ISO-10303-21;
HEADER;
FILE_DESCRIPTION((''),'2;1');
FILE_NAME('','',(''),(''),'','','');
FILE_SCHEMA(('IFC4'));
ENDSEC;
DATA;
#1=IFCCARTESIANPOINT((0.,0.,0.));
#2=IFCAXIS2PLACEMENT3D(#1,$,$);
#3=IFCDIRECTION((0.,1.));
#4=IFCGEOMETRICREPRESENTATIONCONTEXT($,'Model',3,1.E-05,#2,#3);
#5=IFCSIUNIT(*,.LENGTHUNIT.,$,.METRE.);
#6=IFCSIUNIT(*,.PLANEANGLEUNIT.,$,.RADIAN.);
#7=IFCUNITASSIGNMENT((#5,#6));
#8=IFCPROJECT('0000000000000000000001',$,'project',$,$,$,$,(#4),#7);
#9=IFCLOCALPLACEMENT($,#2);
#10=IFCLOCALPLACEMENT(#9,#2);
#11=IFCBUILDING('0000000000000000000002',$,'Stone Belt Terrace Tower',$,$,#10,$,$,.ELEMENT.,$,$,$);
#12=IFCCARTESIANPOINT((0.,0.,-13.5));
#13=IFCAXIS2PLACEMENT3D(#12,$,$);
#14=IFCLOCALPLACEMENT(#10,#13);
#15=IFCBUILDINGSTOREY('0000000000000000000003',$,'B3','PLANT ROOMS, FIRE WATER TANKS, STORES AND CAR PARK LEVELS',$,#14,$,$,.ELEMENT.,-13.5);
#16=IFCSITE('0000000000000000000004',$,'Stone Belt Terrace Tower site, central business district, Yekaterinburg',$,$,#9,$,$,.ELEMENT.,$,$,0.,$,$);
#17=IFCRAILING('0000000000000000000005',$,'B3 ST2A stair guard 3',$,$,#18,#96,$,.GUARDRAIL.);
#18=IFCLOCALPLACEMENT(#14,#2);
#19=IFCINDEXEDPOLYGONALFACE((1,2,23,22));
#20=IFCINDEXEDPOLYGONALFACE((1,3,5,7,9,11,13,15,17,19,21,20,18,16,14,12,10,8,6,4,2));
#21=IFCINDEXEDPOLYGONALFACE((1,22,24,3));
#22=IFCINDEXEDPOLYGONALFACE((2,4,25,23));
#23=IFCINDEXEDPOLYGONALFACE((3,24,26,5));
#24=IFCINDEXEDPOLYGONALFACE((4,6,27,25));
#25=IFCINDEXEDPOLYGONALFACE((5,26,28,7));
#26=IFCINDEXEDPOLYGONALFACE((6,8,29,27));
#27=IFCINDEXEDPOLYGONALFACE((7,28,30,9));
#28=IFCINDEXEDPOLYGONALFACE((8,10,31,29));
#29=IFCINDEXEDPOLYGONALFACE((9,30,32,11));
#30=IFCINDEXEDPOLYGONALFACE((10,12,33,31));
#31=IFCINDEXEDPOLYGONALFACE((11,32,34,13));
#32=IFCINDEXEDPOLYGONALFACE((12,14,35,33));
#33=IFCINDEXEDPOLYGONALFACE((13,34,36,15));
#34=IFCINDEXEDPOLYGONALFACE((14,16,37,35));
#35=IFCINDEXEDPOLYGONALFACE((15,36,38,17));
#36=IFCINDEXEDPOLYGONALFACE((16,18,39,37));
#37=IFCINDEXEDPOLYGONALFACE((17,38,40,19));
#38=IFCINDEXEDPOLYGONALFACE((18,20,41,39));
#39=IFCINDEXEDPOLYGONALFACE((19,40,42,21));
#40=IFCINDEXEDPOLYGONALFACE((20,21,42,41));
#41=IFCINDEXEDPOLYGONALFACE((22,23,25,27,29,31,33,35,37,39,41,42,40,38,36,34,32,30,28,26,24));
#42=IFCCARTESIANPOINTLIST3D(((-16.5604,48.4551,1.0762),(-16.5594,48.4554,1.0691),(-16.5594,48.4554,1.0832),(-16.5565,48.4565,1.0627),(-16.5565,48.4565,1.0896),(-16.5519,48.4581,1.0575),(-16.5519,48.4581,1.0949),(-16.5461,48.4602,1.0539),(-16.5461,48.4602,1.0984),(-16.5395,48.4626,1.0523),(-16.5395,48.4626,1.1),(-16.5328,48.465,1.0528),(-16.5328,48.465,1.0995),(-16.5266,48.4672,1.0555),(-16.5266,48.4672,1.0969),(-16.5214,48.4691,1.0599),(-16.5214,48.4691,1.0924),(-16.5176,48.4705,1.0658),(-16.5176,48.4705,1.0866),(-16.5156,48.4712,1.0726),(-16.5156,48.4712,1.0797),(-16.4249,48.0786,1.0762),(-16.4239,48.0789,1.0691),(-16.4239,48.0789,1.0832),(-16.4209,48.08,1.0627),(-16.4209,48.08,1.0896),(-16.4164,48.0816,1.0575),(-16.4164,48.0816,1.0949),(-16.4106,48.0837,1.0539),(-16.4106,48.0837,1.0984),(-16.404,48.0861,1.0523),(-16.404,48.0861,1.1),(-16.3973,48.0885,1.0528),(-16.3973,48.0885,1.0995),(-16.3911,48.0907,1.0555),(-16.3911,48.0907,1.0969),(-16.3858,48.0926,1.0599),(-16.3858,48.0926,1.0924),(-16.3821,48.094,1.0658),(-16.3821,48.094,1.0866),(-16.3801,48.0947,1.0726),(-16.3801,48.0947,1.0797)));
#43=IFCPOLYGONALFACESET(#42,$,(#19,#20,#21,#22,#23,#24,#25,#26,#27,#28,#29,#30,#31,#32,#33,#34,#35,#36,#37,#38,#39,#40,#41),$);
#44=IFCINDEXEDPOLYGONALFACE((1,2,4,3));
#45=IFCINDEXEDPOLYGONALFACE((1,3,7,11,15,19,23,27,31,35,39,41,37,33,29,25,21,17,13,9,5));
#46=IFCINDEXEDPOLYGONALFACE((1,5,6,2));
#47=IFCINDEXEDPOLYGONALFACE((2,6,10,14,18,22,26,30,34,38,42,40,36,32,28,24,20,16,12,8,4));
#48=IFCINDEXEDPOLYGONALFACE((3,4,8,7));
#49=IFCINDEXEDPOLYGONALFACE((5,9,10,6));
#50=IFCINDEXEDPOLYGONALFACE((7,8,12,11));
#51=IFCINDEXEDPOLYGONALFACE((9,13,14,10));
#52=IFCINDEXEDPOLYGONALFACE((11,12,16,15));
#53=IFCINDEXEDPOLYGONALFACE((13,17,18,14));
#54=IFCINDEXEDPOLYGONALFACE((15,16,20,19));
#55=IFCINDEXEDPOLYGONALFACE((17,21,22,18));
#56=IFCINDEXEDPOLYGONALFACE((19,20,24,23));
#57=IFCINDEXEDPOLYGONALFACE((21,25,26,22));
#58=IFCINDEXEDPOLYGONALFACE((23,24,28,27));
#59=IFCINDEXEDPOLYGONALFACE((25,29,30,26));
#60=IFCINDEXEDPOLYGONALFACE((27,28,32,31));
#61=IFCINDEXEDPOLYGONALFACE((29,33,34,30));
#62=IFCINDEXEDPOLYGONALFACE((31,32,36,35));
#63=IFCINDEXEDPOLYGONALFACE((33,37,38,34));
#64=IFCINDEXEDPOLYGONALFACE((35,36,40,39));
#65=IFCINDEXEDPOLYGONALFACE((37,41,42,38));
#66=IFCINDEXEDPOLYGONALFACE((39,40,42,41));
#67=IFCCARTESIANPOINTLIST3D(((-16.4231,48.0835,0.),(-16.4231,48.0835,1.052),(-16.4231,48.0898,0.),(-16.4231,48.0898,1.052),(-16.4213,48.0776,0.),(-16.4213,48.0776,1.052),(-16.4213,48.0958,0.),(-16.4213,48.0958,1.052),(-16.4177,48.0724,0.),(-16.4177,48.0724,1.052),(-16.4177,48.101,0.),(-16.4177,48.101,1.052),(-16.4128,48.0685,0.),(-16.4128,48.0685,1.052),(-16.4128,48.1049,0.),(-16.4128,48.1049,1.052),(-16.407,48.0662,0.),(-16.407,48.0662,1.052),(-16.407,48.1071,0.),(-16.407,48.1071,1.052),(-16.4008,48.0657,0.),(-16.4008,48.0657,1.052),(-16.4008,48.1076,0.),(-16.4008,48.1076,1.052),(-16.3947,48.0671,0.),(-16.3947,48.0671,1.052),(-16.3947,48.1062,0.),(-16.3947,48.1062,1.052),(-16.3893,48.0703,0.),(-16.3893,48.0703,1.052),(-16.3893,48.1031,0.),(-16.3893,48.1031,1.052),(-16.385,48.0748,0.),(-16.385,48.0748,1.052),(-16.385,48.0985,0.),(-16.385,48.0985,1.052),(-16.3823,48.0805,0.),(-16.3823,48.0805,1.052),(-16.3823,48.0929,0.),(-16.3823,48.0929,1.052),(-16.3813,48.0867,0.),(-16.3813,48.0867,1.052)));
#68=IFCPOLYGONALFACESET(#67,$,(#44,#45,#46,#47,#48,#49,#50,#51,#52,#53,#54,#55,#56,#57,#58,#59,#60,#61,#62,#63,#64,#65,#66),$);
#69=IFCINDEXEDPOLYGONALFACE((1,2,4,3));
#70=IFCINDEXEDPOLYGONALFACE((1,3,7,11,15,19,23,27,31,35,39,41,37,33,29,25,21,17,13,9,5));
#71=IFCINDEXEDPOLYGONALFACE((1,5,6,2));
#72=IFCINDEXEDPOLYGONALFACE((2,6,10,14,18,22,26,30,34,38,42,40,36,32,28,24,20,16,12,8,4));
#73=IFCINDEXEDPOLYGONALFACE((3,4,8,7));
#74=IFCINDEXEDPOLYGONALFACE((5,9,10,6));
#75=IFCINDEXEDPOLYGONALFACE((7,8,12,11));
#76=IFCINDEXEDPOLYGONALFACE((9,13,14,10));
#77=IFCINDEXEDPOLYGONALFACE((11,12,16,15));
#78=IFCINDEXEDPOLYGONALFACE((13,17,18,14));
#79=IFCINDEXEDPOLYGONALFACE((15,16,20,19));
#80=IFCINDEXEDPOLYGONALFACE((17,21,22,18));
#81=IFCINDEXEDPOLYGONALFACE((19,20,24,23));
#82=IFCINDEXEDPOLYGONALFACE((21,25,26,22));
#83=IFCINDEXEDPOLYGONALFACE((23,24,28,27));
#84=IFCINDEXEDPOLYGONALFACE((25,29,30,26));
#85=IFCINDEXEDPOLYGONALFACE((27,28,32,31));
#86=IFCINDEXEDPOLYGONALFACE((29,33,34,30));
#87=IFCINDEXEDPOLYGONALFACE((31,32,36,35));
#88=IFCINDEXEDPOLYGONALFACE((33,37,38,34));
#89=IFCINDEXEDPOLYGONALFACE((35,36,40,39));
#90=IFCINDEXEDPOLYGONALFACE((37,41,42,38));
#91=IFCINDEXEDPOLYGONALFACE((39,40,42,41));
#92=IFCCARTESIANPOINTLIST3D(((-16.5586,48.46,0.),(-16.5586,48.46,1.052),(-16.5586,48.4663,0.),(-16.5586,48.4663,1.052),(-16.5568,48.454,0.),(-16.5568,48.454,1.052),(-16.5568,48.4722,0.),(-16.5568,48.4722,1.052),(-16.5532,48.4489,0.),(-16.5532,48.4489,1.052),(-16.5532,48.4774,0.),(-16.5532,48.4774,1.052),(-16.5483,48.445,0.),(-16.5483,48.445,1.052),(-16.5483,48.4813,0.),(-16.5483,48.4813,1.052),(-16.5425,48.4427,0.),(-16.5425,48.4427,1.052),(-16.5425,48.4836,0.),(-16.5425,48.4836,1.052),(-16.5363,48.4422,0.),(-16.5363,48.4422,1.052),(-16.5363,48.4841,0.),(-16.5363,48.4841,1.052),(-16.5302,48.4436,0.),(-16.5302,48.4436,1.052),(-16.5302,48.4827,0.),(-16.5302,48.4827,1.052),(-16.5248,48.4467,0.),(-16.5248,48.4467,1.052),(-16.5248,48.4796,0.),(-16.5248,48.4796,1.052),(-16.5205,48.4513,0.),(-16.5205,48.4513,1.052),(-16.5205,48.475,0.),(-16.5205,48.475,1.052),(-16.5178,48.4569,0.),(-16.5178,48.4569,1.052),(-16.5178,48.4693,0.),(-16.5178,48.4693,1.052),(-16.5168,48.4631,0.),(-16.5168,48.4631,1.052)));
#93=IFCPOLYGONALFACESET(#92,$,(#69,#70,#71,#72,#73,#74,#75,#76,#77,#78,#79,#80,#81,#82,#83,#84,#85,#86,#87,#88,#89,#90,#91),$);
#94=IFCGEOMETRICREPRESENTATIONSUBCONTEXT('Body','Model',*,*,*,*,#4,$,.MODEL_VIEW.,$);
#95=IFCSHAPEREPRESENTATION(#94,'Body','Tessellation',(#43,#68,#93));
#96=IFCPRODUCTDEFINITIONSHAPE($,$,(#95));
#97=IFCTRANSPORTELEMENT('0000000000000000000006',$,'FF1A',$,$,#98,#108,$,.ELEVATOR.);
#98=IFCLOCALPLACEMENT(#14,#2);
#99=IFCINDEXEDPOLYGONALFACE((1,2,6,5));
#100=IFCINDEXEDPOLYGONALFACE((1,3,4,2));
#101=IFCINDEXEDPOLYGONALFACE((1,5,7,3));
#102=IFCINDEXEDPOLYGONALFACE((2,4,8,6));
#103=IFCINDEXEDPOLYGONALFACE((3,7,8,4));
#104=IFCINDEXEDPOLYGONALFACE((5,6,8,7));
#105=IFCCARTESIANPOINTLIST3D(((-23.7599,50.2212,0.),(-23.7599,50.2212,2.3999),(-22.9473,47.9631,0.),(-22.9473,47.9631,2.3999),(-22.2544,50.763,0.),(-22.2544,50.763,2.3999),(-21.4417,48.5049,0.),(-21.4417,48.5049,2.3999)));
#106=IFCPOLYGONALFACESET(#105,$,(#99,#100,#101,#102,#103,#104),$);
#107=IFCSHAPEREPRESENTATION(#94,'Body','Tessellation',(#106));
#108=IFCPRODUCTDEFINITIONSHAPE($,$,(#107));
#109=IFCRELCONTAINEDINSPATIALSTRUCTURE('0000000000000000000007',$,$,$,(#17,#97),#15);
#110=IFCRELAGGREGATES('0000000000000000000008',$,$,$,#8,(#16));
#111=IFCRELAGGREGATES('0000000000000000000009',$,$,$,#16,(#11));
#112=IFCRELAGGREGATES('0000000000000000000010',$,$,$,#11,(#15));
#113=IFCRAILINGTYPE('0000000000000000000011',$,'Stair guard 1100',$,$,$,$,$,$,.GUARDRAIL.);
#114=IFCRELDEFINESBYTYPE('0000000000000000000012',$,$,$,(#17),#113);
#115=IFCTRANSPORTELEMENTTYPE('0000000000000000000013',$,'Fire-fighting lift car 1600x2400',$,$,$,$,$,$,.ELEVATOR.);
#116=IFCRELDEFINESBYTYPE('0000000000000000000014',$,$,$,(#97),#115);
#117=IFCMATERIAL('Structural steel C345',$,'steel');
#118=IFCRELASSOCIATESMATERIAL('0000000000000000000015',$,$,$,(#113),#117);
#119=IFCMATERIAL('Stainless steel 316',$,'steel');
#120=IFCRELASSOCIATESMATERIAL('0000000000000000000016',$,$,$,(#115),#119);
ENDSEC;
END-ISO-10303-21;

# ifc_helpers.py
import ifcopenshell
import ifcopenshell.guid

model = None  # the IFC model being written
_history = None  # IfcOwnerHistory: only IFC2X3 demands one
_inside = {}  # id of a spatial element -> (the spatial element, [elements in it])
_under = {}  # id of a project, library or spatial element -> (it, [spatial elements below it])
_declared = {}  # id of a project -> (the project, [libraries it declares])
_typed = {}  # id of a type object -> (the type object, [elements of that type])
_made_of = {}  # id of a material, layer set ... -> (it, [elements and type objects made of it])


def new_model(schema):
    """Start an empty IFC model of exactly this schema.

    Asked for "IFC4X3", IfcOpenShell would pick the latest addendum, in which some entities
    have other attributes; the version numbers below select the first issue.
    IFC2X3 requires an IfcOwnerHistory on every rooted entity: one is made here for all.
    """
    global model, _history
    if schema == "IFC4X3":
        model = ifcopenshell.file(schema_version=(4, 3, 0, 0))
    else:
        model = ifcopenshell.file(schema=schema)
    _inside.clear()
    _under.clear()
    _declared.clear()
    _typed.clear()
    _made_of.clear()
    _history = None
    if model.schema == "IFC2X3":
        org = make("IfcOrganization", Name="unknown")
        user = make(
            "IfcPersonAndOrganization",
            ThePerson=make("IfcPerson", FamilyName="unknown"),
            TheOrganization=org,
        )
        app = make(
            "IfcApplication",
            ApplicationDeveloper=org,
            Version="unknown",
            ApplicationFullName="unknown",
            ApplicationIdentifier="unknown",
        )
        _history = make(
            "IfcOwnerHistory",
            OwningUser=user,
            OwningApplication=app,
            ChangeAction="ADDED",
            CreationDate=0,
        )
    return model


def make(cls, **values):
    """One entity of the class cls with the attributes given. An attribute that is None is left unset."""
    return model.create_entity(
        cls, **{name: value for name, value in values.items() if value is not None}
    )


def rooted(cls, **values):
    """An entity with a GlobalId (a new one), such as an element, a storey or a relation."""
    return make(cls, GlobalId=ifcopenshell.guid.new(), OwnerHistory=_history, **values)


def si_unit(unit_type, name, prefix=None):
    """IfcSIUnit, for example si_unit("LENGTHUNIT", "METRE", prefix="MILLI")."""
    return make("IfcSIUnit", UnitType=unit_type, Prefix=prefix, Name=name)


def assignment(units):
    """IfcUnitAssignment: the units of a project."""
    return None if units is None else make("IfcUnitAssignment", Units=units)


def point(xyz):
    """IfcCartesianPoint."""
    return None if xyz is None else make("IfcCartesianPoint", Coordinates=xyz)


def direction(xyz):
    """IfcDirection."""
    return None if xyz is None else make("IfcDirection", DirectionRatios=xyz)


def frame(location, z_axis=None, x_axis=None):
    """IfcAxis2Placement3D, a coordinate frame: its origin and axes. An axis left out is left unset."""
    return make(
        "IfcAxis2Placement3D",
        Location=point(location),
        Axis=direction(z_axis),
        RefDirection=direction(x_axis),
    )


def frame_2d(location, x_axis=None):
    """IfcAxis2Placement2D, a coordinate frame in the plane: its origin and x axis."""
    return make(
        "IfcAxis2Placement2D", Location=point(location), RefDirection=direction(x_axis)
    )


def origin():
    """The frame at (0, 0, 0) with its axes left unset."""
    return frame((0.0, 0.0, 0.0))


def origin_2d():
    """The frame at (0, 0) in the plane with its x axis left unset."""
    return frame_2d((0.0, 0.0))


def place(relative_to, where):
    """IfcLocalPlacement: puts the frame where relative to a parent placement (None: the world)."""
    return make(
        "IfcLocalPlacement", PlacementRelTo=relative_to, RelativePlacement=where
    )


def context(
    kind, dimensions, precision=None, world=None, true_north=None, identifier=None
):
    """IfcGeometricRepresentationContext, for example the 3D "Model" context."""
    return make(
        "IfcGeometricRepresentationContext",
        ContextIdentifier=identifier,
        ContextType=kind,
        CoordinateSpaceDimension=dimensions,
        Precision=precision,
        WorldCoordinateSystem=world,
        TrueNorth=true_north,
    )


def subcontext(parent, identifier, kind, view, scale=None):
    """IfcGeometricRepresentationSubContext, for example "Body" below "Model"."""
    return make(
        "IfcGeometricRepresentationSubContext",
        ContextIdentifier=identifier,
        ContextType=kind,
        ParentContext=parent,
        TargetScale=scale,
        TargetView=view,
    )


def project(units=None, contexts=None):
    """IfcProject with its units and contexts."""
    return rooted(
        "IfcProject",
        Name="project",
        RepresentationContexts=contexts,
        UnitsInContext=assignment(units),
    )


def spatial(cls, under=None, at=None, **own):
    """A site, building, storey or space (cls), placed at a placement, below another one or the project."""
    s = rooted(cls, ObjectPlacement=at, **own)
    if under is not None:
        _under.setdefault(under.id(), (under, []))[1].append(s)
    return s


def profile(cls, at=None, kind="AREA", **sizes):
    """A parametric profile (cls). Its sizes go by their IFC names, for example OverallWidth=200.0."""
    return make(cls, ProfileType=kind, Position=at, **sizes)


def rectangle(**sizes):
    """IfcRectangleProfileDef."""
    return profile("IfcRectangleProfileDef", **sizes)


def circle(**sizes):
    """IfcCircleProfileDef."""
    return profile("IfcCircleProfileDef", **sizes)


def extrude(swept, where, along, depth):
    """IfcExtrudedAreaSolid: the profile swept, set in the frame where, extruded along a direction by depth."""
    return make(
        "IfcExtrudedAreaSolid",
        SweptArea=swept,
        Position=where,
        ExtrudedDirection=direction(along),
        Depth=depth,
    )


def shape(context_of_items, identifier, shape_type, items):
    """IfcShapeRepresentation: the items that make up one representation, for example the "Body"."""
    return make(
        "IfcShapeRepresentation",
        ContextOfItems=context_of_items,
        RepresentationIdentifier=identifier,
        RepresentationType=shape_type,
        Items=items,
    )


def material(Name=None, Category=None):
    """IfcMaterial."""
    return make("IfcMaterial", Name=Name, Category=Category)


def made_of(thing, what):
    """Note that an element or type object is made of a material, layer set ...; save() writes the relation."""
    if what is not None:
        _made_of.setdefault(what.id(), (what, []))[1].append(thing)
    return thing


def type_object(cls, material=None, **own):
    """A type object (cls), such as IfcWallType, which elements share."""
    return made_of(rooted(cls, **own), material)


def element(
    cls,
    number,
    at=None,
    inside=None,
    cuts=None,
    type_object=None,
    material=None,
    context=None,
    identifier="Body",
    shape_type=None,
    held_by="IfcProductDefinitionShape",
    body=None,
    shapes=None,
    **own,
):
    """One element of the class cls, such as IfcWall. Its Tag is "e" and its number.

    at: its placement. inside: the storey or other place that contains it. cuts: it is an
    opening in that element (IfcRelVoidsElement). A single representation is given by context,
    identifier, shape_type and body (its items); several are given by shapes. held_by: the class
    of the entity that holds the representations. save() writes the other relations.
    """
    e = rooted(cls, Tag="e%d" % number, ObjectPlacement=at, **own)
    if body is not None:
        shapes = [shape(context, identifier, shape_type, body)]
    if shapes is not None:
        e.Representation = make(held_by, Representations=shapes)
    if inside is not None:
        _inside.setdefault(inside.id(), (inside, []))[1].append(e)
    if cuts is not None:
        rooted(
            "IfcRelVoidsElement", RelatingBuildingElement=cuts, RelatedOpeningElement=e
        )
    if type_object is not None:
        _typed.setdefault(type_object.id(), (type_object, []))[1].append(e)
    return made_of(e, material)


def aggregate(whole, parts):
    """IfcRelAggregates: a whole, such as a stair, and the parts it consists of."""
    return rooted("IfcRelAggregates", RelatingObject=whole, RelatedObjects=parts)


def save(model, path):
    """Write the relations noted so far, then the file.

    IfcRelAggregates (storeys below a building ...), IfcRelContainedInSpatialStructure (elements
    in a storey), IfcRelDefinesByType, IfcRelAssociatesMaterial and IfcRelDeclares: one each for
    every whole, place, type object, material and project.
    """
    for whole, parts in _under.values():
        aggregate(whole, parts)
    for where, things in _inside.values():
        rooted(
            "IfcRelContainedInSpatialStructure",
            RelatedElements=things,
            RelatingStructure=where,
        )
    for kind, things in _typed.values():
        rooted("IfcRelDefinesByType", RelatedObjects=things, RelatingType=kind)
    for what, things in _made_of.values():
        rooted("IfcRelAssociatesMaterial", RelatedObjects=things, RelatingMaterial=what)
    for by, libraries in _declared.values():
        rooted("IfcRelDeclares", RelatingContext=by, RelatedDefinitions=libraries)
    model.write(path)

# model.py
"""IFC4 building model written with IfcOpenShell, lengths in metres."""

from ifc_helpers import new_model, si_unit, direction, frame, origin, origin_2d, place, context, subcontext, project, spatial, rectangle, circle, extrude, material, type_object, element, save


model = new_model("IFC4")

# Units and contexts
model_context = context("Model", 3, precision=1e-05, world=origin(), true_north=direction((0.0, 1.0)))
body_context = subcontext(model_context, "Body", "Model", "MODEL_VIEW")
ifc_project = project(units=[si_unit("LENGTHUNIT", "METRE"), si_unit("PLANEANGLEUNIT", "RADIAN")], contexts=[model_context])

# Site, building, storey
site_placement = place(None, origin())
site = spatial("IfcSite", under=ifc_project, at=site_placement, Name="Stone Belt Terrace Tower site, central business district, Yekaterinburg", CompositionType="ELEMENT", RefElevation=0.0)
building_placement = place(site_placement, origin())
building = spatial("IfcBuilding", under=site, at=building_placement, Name="Stone Belt Terrace Tower", CompositionType="ELEMENT")
storey_placement = place(building_placement, frame((0.0, 0.0, -13.5)))
storey = spatial("IfcBuildingStorey", under=building, at=storey_placement, Name="B3", Description="PLANT ROOMS, FIRE WATER TANKS, STORES AND CAR PARK LEVELS", CompositionType="ELEMENT", Elevation=-13.5)

# Railing
ifc_material_1 = material(Name="Structural steel C345", Category="steel")
railing_type_1 = type_object("IfcRailingType", Name="Stair guard 1100", PredefinedType="GUARDRAIL", material=ifc_material_1)
railing_1_placement = place(storey_placement, frame((-16.4023, 48.0867, 0.0)))
element("IfcRailing", 1, at=railing_1_placement, inside=storey, type_object=railing_type_1, Name="B3 ST2A stair guard 3", PredefinedType="GUARDRAIL", context=body_context, shape_type="SweptSolid", body=[
    extrude(circle(Radius=0.0239, at=origin_2d()), frame((0.0, 0.0, 1.0762), z_axis=(-0.338655, 0.940911, 0.0), x_axis=(-0.940911, -0.338655, 0.0)), (0.0, 0.0, 1.0), 0.4001),
    extrude(circle(Radius=0.021, at=origin_2d()), origin(), (0.0, 0.0, 1.0), 1.052),
    extrude(circle(Radius=0.021, at=origin_2d()), frame((-0.1355, 0.3765, 0.0)), (0.0, 0.0, 1.0), 1.052),
])

# Transport element
ifc_material_2 = material(Name="Stainless steel 316", Category="steel")
transport_element_type = type_object("IfcTransportElementType", Name="Fire-fighting lift car 1600x2400", PredefinedType="ELEVATOR", material=ifc_material_2)
transport_element_placement = place(storey_placement, frame((-22.6008, 49.363, 0.0), z_axis=(0.0, 0.0, 1.0), x_axis=(0.940922, 0.338625, 0.0)))
element("IfcTransportElement", 2, at=transport_element_placement, inside=storey, type_object=transport_element_type, Name="FF1A", PredefinedType="ELEVATOR", context=body_context, shape_type="SweptSolid", body=[
    extrude(rectangle(XDim=1.6001, YDim=2.3999, at=origin_2d()), origin(), (0.0, 0.0, 1.0), 2.3999),
])

save(model, "model.ifc")
